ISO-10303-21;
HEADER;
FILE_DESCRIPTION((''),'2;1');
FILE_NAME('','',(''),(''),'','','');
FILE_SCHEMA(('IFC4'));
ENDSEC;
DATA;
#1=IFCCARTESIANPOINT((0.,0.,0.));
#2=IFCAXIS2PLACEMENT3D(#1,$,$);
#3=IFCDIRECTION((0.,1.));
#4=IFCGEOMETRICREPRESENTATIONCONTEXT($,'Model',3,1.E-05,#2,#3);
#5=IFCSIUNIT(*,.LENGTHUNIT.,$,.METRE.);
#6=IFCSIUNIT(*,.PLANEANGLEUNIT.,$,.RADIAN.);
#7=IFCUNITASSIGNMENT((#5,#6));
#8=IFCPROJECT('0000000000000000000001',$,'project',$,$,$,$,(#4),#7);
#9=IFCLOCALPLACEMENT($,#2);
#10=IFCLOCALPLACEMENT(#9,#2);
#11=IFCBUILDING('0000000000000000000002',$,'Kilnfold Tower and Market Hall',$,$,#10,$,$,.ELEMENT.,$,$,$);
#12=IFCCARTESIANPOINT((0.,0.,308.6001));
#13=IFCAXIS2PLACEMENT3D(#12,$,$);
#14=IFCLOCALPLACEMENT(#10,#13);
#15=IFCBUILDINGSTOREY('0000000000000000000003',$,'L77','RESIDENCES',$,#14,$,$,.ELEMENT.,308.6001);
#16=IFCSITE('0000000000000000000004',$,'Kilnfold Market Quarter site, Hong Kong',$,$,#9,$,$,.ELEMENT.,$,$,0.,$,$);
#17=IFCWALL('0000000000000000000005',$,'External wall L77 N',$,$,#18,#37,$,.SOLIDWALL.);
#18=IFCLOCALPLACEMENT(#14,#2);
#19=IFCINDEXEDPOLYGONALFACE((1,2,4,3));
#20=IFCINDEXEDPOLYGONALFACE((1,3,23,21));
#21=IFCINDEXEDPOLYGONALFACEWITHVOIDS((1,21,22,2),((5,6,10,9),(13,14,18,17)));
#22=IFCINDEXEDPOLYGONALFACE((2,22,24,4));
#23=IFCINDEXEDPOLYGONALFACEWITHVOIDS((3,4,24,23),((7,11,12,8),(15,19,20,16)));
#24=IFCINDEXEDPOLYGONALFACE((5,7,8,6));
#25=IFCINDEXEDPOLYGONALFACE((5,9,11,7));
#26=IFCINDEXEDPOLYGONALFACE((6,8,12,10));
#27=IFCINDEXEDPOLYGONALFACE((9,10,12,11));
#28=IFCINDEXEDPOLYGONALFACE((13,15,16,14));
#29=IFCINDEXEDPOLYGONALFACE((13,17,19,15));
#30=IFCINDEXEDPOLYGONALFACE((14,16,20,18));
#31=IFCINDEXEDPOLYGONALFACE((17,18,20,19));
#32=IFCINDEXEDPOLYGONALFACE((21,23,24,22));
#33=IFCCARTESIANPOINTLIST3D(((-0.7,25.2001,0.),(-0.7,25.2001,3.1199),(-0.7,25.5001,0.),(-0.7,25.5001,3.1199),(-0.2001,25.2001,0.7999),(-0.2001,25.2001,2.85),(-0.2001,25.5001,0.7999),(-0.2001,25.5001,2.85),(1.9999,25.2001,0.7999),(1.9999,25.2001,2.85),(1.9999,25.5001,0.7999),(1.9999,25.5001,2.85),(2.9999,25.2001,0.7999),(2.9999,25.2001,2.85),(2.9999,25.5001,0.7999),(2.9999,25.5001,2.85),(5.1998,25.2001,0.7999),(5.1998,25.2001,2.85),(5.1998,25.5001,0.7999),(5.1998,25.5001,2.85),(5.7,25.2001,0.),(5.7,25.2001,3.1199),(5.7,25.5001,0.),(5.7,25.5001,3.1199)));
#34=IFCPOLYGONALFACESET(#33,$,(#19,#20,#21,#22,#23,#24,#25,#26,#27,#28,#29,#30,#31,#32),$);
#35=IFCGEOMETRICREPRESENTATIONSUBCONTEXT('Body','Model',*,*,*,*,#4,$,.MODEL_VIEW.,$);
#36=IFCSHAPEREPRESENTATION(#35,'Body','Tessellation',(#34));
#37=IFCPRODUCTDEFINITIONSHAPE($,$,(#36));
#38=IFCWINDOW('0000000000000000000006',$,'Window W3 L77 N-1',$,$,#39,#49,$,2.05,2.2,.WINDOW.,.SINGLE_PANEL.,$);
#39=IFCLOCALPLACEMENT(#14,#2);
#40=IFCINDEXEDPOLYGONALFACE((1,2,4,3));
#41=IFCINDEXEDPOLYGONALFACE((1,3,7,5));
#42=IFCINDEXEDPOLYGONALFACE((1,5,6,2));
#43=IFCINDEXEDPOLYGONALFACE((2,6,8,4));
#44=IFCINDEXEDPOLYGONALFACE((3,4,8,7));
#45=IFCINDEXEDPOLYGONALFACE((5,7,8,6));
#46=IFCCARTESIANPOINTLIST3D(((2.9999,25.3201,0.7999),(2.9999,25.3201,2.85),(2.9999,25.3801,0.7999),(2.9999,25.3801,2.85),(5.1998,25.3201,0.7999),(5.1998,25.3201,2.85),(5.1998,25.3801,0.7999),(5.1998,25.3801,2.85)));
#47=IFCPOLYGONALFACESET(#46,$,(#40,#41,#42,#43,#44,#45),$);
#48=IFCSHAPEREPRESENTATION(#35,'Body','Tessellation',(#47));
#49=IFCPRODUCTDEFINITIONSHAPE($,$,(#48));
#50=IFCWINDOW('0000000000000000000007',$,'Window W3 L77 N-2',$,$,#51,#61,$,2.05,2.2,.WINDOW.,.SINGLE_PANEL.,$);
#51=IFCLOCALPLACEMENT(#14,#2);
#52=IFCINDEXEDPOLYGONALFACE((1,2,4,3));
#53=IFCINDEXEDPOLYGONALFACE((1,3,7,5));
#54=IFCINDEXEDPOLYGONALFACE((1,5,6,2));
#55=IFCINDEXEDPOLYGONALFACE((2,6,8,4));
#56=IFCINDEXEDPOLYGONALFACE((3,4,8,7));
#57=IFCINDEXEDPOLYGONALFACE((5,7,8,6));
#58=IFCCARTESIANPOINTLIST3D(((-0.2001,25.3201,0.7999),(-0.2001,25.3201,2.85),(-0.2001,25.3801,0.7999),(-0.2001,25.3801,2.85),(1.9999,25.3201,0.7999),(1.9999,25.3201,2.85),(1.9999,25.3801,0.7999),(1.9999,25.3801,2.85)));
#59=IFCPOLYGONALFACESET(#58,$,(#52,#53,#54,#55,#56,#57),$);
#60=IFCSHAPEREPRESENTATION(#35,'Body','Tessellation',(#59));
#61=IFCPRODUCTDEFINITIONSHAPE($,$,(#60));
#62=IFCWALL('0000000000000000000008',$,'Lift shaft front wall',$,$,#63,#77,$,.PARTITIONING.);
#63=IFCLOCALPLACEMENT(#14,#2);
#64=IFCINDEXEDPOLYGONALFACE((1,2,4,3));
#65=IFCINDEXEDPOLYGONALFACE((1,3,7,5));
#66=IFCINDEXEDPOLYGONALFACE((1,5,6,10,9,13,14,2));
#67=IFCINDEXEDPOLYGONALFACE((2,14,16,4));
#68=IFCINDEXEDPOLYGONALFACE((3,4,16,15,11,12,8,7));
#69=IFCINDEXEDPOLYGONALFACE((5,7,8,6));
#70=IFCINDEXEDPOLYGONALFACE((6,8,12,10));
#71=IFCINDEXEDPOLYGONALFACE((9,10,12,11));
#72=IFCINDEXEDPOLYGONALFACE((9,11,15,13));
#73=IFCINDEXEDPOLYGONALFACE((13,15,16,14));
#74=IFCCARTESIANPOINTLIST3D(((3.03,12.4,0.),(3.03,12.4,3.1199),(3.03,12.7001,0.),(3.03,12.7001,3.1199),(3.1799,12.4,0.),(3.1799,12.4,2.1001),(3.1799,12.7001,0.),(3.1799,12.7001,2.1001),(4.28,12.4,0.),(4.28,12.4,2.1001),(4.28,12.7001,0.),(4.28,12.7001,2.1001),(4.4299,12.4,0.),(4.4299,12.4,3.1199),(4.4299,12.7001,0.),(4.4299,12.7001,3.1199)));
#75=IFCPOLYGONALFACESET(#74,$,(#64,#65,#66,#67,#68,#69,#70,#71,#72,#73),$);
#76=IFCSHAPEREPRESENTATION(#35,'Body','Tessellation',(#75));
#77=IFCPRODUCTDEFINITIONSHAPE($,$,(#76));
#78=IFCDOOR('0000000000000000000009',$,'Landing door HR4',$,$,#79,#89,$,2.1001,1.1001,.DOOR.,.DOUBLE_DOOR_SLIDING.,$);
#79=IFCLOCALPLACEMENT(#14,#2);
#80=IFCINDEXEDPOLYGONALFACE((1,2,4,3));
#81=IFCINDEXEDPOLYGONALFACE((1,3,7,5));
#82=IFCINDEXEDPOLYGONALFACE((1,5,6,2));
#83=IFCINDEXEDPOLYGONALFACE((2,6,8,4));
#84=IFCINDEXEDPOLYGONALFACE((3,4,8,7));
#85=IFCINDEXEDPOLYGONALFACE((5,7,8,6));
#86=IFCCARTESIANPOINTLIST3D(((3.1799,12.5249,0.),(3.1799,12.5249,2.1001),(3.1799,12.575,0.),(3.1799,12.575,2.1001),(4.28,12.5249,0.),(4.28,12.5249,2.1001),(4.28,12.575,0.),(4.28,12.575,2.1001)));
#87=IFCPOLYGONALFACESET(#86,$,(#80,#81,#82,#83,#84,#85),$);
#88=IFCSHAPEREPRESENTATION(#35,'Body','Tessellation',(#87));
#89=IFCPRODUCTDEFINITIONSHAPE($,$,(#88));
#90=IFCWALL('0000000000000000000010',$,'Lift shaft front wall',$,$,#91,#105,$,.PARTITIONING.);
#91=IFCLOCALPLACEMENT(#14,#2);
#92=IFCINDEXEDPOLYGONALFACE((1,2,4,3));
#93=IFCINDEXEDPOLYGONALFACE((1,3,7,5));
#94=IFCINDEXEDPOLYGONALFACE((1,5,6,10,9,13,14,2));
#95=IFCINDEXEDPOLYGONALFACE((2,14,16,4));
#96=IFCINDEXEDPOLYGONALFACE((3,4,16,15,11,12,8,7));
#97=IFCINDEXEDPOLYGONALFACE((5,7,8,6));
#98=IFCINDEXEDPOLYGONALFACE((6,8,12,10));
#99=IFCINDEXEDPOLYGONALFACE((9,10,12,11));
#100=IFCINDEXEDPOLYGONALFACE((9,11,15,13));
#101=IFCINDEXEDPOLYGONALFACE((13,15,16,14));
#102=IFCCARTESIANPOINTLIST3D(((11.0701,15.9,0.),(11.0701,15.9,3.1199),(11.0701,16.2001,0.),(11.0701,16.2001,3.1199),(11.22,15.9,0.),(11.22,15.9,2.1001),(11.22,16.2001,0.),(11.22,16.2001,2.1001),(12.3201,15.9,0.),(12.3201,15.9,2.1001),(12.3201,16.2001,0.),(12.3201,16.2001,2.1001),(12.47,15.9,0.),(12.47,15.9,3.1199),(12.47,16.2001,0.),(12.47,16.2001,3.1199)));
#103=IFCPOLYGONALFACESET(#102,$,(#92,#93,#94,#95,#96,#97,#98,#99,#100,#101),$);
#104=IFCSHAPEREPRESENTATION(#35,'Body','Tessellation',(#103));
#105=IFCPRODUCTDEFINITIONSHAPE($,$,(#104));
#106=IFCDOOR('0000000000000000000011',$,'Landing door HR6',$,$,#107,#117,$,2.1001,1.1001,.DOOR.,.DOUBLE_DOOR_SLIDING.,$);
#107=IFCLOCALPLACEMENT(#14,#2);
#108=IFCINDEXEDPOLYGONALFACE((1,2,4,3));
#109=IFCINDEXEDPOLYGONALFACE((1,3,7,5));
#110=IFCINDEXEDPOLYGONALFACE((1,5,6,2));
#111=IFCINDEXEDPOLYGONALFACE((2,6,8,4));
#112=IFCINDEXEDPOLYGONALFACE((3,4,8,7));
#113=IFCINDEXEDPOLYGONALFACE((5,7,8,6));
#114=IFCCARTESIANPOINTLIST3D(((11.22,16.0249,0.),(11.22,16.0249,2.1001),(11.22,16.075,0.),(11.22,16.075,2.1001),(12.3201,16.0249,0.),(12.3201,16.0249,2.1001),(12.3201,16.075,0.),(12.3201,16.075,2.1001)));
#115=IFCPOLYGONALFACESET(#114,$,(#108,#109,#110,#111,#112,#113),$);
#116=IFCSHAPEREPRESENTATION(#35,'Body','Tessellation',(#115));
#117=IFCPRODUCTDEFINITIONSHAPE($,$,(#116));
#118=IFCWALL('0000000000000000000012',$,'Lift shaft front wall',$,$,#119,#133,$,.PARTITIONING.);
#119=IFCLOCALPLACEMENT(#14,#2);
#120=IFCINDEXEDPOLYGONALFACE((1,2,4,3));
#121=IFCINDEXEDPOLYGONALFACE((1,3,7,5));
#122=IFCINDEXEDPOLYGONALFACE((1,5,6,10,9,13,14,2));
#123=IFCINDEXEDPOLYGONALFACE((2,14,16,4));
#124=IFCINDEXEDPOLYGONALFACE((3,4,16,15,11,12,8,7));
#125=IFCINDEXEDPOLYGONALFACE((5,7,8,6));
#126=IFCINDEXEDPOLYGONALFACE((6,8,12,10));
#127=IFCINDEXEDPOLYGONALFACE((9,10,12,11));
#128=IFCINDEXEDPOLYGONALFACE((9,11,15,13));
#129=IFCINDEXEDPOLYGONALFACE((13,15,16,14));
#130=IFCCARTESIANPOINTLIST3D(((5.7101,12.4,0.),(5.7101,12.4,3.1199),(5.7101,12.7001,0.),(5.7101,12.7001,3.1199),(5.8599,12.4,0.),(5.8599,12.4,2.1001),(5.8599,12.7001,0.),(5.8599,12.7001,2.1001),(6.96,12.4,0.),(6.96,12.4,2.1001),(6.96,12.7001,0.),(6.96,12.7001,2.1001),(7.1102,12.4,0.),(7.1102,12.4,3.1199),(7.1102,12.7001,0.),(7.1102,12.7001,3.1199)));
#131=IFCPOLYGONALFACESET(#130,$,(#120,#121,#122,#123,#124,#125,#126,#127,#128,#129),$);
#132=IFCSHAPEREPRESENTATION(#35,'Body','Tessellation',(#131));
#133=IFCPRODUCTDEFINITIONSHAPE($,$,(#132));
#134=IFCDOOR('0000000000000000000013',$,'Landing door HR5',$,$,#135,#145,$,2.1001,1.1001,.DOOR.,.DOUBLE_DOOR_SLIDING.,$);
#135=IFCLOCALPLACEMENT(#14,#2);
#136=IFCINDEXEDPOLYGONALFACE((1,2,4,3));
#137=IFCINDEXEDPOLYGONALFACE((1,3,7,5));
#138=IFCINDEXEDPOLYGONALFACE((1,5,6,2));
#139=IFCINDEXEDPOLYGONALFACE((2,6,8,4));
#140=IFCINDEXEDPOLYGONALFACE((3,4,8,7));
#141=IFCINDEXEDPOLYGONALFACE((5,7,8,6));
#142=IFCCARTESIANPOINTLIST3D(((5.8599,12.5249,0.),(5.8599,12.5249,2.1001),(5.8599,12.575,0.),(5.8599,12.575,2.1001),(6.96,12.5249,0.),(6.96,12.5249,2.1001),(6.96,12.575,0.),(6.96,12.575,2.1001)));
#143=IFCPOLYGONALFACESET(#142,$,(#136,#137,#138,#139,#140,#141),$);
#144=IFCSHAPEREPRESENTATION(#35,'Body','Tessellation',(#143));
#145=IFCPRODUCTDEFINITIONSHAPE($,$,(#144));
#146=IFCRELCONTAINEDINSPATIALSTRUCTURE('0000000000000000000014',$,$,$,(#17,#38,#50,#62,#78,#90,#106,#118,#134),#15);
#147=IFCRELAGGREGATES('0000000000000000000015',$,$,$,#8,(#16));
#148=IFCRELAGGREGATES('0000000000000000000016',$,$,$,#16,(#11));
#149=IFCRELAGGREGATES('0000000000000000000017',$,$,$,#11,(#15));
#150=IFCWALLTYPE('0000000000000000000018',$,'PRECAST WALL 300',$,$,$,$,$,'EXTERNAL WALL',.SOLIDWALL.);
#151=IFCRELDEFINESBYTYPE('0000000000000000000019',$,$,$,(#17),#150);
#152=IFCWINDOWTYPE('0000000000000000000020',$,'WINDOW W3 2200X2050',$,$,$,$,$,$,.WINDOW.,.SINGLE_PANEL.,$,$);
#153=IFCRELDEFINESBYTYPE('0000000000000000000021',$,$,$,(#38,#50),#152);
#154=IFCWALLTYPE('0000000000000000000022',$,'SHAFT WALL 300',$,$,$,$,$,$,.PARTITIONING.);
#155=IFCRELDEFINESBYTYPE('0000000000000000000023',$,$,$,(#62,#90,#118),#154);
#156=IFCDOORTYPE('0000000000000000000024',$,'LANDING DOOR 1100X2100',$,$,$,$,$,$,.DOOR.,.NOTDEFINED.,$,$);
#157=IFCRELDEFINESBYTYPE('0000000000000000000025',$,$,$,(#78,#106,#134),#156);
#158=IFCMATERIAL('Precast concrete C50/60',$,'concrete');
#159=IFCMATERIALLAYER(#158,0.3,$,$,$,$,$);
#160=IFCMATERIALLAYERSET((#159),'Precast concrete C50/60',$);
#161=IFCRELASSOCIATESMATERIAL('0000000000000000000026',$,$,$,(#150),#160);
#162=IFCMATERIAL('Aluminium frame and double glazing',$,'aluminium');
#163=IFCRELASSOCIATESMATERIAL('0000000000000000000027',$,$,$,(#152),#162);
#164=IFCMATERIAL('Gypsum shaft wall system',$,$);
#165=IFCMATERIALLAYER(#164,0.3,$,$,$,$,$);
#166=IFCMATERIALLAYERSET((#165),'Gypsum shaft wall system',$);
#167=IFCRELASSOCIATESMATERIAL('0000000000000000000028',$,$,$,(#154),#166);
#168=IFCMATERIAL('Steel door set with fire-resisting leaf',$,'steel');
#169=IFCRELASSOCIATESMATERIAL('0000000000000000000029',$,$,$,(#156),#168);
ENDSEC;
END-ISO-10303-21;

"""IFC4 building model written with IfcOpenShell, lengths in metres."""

from ifc_helpers import new_model, si_unit, direction, frame, frame_2d, origin, place, context, subcontext, project, spatial, rectangle, extrude, source, transform, mapped, material, layer, layer_set, type_object, element, fill, save


model = new_model("IFC4")

# Units and contexts
model_context = context("Model", 3, precision=1e-05, world=origin(), true_north=direction((0.0, 1.0)))
body_context = subcontext(model_context, "Body", "Model", "MODEL_VIEW")
ifc_project = project(units=[si_unit("LENGTHUNIT", "METRE"), si_unit("PLANEANGLEUNIT", "RADIAN")], contexts=[model_context])

# Site, building, storey
site_placement = place(None, origin())
site = spatial("IfcSite", under=ifc_project, at=site_placement, Name="Kilnfold Market Quarter site, Hong Kong", CompositionType="ELEMENT", RefElevation=0.0)
building_placement = place(site_placement, origin())
building = spatial("IfcBuilding", under=site, at=building_placement, Name="Kilnfold Tower and Market Hall", CompositionType="ELEMENT")
storey_placement = place(building_placement, frame((0.0, 0.0, 308.6001)))
storey = spatial("IfcBuildingStorey", under=building, at=storey_placement, Name="L77", Description="RESIDENCES", CompositionType="ELEMENT", Elevation=308.6001)

# Wall, openings, windows
ifc_material_1 = material(Name="Precast concrete C50/60", Category="concrete")
ifc_layer_1 = layer(ifc_material_1, 0.3)
ifc_layer_set_1 = layer_set([ifc_layer_1], Name="Precast concrete C50/60")
wall_type_1 = type_object("IfcWallType", Name="PRECAST WALL 300", ElementType="EXTERNAL WALL", PredefinedType="SOLIDWALL", material=ifc_layer_set_1)
shared_shape_1 = source(origin(), body_context, "Body", "SweptSolid", [
    extrude(rectangle(XDim=6.3999, YDim=0.3, at=frame_2d((3.2, 0.0))), origin(), (0.0, 0.0, 1.0), 3.1199),
])
ifc_material_2 = material(Name="Aluminium frame and double glazing", Category="aluminium")
window_type = type_object("IfcWindowType", Name="WINDOW W3 2200X2050", PartitioningType="SINGLE_PANEL", PredefinedType="WINDOW", material=ifc_material_2)
wall_1_placement = place(storey_placement, frame((5.7, 25.3501, 0.0), z_axis=(0.0, 0.0, 1.0), x_axis=(-1.0, 0.0, 0.0)))
wall_1 = element("IfcWall", 1, at=wall_1_placement, inside=storey, type_object=wall_type_1, Name="External wall L77 N", PredefinedType="SOLIDWALL", context=body_context, shape_type="MappedRepresentation", body=[
    mapped(shared_shape_1, transform((0.0, 0.0, 0.0))),
])
opening_1_placement = place(wall_1_placement, frame((0.5, 0.0, 0.8)))
opening_1 = element("IfcOpeningElement", 2, at=opening_1_placement, cuts=wall_1, PredefinedType="OPENING", context=body_context, shape_type="SweptSolid", body=[
    extrude(rectangle(XDim=2.2, YDim=2.05, at=frame_2d((1.1001, 1.0249))), frame((0.0, 0.1602, 0.0), z_axis=(0.0, -1.0, 0.0), x_axis=(1.0, 0.0, 0.0)), (0.0, 0.0, 1.0), 0.3201),
])
opening_2_placement = place(wall_1_placement, frame((3.7, 0.0, 0.8)))
opening_2 = element("IfcOpeningElement", 3, at=opening_2_placement, cuts=wall_1, PredefinedType="OPENING", context=body_context, shape_type="SweptSolid", body=[
    extrude(rectangle(XDim=2.2, YDim=2.05, at=frame_2d((1.1001, 1.0249))), frame((0.0, 0.1602, 0.0), z_axis=(0.0, -1.0, 0.0), x_axis=(1.0, 0.0, 0.0)), (0.0, 0.0, 1.0), 0.3201),
])
window_1_placement = place(opening_1_placement, origin())
window_1 = element("IfcWindow", 4, at=window_1_placement, inside=storey, type_object=window_type, Name="Window W3 L77 N-1", OverallHeight=2.05, OverallWidth=2.2, PartitioningType="SINGLE_PANEL", PredefinedType="WINDOW", context=body_context, shape_type="SweptSolid", body=[
    extrude(rectangle(XDim=2.2, YDim=2.05, at=frame_2d((1.1001, 1.0249))), frame((0.0, 0.03, 0.0), z_axis=(0.0, -1.0, 0.0), x_axis=(1.0, 0.0, 0.0)), (0.0, 0.0, 1.0), 0.0601),
])
fill(opening_1, window_1)
window_2_placement = place(opening_2_placement, origin())
window_2 = element("IfcWindow", 5, at=window_2_placement, inside=storey, type_object=window_type, Name="Window W3 L77 N-2", OverallHeight=2.05, OverallWidth=2.2, PartitioningType="SINGLE_PANEL", PredefinedType="WINDOW", context=body_context, shape_type="SweptSolid", body=[
    extrude(rectangle(XDim=2.2, YDim=2.05, at=frame_2d((1.1001, 1.0249))), frame((0.0, 0.03, 0.0), z_axis=(0.0, -1.0, 0.0), x_axis=(1.0, 0.0, 0.0)), (0.0, 0.0, 1.0), 0.0601),
])
fill(opening_2, window_2)

# Walls, openings, doors
ifc_material_3 = material(Name="Gypsum shaft wall system")
ifc_layer_2 = layer(ifc_material_3, 0.3)
ifc_layer_set_2 = layer_set([ifc_layer_2], Name="Gypsum shaft wall system")
wall_type_2 = type_object("IfcWallType", Name="SHAFT WALL 300", PredefinedType="PARTITIONING", material=ifc_layer_set_2)
shared_shape_2 = source(origin(), body_context, "Body", "SweptSolid", [
    extrude(rectangle(XDim=1.3999, YDim=0.3, at=frame_2d((0.7, 0.0))), origin(), (0.0, 0.0, 1.0), 3.1199),
])
wall_2_placement = place(storey_placement, frame((3.03, 12.55, 0.0), z_axis=(0.0, 0.0, 1.0), x_axis=(1.0, 0.0, 0.0)))
wall_2 = element("IfcWall", 6, at=wall_2_placement, inside=storey, type_object=wall_type_2, Name="Lift shaft front wall", PredefinedType="PARTITIONING", context=body_context, shape_type="MappedRepresentation", body=[
    mapped(shared_shape_2, transform((0.0, 0.0, 0.0))),
])
opening_3_placement = place(wall_2_placement, frame((0.1499, 0.0, 0.0)))
opening_3 = element("IfcOpeningElement", 7, at=opening_3_placement, cuts=wall_2, PredefinedType="OPENING", context=body_context, shape_type="SweptSolid", body=[
    extrude(rectangle(XDim=1.1001, YDim=2.1001, at=frame_2d((0.55, 1.05))), frame((0.0, 0.1602, 0.0), z_axis=(0.0, -1.0, 0.0), x_axis=(1.0, 0.0, 0.0)), (0.0, 0.0, 1.0), 0.3201),
])
ifc_material_4 = material(Name="Steel door set with fire-resisting leaf", Category="steel")
door_type_1 = type_object("IfcDoorType", Name="LANDING DOOR 1100X2100", OperationType="NOTDEFINED", PredefinedType="DOOR", material=ifc_material_4)
door_1_placement = place(opening_3_placement, origin())
door_1 = element("IfcDoor", 8, at=door_1_placement, inside=storey, type_object=door_type_1, Name="Landing door HR4", OperationType="DOUBLE_DOOR_SLIDING", OverallHeight=2.1001, OverallWidth=1.1001, PredefinedType="DOOR", context=body_context, shape_type="SweptSolid", body=[
    extrude(rectangle(XDim=1.1001, YDim=2.1001, at=frame_2d((0.55, 1.05))), frame((0.0, 0.0249, 0.0), z_axis=(0.0, -1.0, 0.0), x_axis=(1.0, 0.0, 0.0)), (0.0, 0.0, 1.0), 0.05),
])
fill(opening_3, door_1)
wall_3_placement = place(storey_placement, frame((11.0701, 16.05, 0.0), z_axis=(0.0, 0.0, 1.0), x_axis=(1.0, 0.0, 0.0)))
wall_3 = element("IfcWall", 9, at=wall_3_placement, inside=storey, type_object=wall_type_2, Name="Lift shaft front wall", PredefinedType="PARTITIONING", context=body_context, shape_type="MappedRepresentation", body=[
    mapped(shared_shape_2, transform((0.0, 0.0, 0.0))),
])
opening_4_placement = place(wall_3_placement, frame((0.1499, 0.0, 0.0)))
opening_4 = element("IfcOpeningElement", 10, at=opening_4_placement, cuts=wall_3, PredefinedType="OPENING", context=body_context, shape_type="SweptSolid", body=[
    extrude(rectangle(XDim=1.1001, YDim=2.1001, at=frame_2d((0.55, 1.05))), frame((0.0, 0.1602, 0.0), z_axis=(0.0, -1.0, 0.0), x_axis=(1.0, 0.0, 0.0)), (0.0, 0.0, 1.0), 0.3201),
])
door_2_placement = place(opening_4_placement, origin())
door_2 = element("IfcDoor", 11, at=door_2_placement, inside=storey, type_object=door_type_1, Name="Landing door HR6", OperationType="DOUBLE_DOOR_SLIDING", OverallHeight=2.1001, OverallWidth=1.1001, PredefinedType="DOOR", context=body_context, shape_type="SweptSolid", body=[
    extrude(rectangle(XDim=1.1001, YDim=2.1001, at=frame_2d((0.55, 1.05))), frame((0.0, 0.0249, 0.0), z_axis=(0.0, -1.0, 0.0), x_axis=(1.0, 0.0, 0.0)), (0.0, 0.0, 1.0), 0.05),
])
fill(opening_4, door_2)
shared_shape_3 = source(origin(), body_context, "Body", "SweptSolid", [
    extrude(rectangle(XDim=1.4001, YDim=0.3, at=frame_2d((0.7002, 0.0))), origin(), (0.0, 0.0, 1.0), 3.1199),
])
wall_4_placement = place(storey_placement, frame((5.71, 12.55, 0.0), z_axis=(0.0, 0.0, 1.0), x_axis=(1.0, 0.0, 0.0)))
wall_4 = element("IfcWall", 12, at=wall_4_placement, inside=storey, type_object=wall_type_2, Name="Lift shaft front wall", PredefinedType="PARTITIONING", context=body_context, shape_type="MappedRepresentation", body=[
    mapped(shared_shape_3, transform((0.0, 0.0, 0.0))),
])
opening_5_placement = place(wall_4_placement, frame((0.1499, 0.0, 0.0)))
opening_5 = element("IfcOpeningElement", 13, at=opening_5_placement, cuts=wall_4, PredefinedType="OPENING", context=body_context, shape_type="SweptSolid", body=[
    extrude(rectangle(XDim=1.1001, YDim=2.1001, at=frame_2d((0.55, 1.05))), frame((0.0, 0.1602, 0.0), z_axis=(0.0, -1.0, 0.0), x_axis=(1.0, 0.0, 0.0)), (0.0, 0.0, 1.0), 0.3201),
])
door_3_placement = place(opening_5_placement, origin())
door_3 = element("IfcDoor", 14, at=door_3_placement, inside=storey, type_object=door_type_1, Name="Landing door HR5", OperationType="DOUBLE_DOOR_SLIDING", OverallHeight=2.1001, OverallWidth=1.1001, PredefinedType="DOOR", context=body_context, shape_type="SweptSolid", body=[
    extrude(rectangle(XDim=1.1001, YDim=2.1001, at=frame_2d((0.55, 1.05))), frame((0.0, 0.0249, 0.0), z_axis=(0.0, -1.0, 0.0), x_axis=(1.0, 0.0, 0.0)), (0.0, 0.0, 1.0), 0.05),
])
fill(opening_5, door_3)

save(model, "model.ifc")
